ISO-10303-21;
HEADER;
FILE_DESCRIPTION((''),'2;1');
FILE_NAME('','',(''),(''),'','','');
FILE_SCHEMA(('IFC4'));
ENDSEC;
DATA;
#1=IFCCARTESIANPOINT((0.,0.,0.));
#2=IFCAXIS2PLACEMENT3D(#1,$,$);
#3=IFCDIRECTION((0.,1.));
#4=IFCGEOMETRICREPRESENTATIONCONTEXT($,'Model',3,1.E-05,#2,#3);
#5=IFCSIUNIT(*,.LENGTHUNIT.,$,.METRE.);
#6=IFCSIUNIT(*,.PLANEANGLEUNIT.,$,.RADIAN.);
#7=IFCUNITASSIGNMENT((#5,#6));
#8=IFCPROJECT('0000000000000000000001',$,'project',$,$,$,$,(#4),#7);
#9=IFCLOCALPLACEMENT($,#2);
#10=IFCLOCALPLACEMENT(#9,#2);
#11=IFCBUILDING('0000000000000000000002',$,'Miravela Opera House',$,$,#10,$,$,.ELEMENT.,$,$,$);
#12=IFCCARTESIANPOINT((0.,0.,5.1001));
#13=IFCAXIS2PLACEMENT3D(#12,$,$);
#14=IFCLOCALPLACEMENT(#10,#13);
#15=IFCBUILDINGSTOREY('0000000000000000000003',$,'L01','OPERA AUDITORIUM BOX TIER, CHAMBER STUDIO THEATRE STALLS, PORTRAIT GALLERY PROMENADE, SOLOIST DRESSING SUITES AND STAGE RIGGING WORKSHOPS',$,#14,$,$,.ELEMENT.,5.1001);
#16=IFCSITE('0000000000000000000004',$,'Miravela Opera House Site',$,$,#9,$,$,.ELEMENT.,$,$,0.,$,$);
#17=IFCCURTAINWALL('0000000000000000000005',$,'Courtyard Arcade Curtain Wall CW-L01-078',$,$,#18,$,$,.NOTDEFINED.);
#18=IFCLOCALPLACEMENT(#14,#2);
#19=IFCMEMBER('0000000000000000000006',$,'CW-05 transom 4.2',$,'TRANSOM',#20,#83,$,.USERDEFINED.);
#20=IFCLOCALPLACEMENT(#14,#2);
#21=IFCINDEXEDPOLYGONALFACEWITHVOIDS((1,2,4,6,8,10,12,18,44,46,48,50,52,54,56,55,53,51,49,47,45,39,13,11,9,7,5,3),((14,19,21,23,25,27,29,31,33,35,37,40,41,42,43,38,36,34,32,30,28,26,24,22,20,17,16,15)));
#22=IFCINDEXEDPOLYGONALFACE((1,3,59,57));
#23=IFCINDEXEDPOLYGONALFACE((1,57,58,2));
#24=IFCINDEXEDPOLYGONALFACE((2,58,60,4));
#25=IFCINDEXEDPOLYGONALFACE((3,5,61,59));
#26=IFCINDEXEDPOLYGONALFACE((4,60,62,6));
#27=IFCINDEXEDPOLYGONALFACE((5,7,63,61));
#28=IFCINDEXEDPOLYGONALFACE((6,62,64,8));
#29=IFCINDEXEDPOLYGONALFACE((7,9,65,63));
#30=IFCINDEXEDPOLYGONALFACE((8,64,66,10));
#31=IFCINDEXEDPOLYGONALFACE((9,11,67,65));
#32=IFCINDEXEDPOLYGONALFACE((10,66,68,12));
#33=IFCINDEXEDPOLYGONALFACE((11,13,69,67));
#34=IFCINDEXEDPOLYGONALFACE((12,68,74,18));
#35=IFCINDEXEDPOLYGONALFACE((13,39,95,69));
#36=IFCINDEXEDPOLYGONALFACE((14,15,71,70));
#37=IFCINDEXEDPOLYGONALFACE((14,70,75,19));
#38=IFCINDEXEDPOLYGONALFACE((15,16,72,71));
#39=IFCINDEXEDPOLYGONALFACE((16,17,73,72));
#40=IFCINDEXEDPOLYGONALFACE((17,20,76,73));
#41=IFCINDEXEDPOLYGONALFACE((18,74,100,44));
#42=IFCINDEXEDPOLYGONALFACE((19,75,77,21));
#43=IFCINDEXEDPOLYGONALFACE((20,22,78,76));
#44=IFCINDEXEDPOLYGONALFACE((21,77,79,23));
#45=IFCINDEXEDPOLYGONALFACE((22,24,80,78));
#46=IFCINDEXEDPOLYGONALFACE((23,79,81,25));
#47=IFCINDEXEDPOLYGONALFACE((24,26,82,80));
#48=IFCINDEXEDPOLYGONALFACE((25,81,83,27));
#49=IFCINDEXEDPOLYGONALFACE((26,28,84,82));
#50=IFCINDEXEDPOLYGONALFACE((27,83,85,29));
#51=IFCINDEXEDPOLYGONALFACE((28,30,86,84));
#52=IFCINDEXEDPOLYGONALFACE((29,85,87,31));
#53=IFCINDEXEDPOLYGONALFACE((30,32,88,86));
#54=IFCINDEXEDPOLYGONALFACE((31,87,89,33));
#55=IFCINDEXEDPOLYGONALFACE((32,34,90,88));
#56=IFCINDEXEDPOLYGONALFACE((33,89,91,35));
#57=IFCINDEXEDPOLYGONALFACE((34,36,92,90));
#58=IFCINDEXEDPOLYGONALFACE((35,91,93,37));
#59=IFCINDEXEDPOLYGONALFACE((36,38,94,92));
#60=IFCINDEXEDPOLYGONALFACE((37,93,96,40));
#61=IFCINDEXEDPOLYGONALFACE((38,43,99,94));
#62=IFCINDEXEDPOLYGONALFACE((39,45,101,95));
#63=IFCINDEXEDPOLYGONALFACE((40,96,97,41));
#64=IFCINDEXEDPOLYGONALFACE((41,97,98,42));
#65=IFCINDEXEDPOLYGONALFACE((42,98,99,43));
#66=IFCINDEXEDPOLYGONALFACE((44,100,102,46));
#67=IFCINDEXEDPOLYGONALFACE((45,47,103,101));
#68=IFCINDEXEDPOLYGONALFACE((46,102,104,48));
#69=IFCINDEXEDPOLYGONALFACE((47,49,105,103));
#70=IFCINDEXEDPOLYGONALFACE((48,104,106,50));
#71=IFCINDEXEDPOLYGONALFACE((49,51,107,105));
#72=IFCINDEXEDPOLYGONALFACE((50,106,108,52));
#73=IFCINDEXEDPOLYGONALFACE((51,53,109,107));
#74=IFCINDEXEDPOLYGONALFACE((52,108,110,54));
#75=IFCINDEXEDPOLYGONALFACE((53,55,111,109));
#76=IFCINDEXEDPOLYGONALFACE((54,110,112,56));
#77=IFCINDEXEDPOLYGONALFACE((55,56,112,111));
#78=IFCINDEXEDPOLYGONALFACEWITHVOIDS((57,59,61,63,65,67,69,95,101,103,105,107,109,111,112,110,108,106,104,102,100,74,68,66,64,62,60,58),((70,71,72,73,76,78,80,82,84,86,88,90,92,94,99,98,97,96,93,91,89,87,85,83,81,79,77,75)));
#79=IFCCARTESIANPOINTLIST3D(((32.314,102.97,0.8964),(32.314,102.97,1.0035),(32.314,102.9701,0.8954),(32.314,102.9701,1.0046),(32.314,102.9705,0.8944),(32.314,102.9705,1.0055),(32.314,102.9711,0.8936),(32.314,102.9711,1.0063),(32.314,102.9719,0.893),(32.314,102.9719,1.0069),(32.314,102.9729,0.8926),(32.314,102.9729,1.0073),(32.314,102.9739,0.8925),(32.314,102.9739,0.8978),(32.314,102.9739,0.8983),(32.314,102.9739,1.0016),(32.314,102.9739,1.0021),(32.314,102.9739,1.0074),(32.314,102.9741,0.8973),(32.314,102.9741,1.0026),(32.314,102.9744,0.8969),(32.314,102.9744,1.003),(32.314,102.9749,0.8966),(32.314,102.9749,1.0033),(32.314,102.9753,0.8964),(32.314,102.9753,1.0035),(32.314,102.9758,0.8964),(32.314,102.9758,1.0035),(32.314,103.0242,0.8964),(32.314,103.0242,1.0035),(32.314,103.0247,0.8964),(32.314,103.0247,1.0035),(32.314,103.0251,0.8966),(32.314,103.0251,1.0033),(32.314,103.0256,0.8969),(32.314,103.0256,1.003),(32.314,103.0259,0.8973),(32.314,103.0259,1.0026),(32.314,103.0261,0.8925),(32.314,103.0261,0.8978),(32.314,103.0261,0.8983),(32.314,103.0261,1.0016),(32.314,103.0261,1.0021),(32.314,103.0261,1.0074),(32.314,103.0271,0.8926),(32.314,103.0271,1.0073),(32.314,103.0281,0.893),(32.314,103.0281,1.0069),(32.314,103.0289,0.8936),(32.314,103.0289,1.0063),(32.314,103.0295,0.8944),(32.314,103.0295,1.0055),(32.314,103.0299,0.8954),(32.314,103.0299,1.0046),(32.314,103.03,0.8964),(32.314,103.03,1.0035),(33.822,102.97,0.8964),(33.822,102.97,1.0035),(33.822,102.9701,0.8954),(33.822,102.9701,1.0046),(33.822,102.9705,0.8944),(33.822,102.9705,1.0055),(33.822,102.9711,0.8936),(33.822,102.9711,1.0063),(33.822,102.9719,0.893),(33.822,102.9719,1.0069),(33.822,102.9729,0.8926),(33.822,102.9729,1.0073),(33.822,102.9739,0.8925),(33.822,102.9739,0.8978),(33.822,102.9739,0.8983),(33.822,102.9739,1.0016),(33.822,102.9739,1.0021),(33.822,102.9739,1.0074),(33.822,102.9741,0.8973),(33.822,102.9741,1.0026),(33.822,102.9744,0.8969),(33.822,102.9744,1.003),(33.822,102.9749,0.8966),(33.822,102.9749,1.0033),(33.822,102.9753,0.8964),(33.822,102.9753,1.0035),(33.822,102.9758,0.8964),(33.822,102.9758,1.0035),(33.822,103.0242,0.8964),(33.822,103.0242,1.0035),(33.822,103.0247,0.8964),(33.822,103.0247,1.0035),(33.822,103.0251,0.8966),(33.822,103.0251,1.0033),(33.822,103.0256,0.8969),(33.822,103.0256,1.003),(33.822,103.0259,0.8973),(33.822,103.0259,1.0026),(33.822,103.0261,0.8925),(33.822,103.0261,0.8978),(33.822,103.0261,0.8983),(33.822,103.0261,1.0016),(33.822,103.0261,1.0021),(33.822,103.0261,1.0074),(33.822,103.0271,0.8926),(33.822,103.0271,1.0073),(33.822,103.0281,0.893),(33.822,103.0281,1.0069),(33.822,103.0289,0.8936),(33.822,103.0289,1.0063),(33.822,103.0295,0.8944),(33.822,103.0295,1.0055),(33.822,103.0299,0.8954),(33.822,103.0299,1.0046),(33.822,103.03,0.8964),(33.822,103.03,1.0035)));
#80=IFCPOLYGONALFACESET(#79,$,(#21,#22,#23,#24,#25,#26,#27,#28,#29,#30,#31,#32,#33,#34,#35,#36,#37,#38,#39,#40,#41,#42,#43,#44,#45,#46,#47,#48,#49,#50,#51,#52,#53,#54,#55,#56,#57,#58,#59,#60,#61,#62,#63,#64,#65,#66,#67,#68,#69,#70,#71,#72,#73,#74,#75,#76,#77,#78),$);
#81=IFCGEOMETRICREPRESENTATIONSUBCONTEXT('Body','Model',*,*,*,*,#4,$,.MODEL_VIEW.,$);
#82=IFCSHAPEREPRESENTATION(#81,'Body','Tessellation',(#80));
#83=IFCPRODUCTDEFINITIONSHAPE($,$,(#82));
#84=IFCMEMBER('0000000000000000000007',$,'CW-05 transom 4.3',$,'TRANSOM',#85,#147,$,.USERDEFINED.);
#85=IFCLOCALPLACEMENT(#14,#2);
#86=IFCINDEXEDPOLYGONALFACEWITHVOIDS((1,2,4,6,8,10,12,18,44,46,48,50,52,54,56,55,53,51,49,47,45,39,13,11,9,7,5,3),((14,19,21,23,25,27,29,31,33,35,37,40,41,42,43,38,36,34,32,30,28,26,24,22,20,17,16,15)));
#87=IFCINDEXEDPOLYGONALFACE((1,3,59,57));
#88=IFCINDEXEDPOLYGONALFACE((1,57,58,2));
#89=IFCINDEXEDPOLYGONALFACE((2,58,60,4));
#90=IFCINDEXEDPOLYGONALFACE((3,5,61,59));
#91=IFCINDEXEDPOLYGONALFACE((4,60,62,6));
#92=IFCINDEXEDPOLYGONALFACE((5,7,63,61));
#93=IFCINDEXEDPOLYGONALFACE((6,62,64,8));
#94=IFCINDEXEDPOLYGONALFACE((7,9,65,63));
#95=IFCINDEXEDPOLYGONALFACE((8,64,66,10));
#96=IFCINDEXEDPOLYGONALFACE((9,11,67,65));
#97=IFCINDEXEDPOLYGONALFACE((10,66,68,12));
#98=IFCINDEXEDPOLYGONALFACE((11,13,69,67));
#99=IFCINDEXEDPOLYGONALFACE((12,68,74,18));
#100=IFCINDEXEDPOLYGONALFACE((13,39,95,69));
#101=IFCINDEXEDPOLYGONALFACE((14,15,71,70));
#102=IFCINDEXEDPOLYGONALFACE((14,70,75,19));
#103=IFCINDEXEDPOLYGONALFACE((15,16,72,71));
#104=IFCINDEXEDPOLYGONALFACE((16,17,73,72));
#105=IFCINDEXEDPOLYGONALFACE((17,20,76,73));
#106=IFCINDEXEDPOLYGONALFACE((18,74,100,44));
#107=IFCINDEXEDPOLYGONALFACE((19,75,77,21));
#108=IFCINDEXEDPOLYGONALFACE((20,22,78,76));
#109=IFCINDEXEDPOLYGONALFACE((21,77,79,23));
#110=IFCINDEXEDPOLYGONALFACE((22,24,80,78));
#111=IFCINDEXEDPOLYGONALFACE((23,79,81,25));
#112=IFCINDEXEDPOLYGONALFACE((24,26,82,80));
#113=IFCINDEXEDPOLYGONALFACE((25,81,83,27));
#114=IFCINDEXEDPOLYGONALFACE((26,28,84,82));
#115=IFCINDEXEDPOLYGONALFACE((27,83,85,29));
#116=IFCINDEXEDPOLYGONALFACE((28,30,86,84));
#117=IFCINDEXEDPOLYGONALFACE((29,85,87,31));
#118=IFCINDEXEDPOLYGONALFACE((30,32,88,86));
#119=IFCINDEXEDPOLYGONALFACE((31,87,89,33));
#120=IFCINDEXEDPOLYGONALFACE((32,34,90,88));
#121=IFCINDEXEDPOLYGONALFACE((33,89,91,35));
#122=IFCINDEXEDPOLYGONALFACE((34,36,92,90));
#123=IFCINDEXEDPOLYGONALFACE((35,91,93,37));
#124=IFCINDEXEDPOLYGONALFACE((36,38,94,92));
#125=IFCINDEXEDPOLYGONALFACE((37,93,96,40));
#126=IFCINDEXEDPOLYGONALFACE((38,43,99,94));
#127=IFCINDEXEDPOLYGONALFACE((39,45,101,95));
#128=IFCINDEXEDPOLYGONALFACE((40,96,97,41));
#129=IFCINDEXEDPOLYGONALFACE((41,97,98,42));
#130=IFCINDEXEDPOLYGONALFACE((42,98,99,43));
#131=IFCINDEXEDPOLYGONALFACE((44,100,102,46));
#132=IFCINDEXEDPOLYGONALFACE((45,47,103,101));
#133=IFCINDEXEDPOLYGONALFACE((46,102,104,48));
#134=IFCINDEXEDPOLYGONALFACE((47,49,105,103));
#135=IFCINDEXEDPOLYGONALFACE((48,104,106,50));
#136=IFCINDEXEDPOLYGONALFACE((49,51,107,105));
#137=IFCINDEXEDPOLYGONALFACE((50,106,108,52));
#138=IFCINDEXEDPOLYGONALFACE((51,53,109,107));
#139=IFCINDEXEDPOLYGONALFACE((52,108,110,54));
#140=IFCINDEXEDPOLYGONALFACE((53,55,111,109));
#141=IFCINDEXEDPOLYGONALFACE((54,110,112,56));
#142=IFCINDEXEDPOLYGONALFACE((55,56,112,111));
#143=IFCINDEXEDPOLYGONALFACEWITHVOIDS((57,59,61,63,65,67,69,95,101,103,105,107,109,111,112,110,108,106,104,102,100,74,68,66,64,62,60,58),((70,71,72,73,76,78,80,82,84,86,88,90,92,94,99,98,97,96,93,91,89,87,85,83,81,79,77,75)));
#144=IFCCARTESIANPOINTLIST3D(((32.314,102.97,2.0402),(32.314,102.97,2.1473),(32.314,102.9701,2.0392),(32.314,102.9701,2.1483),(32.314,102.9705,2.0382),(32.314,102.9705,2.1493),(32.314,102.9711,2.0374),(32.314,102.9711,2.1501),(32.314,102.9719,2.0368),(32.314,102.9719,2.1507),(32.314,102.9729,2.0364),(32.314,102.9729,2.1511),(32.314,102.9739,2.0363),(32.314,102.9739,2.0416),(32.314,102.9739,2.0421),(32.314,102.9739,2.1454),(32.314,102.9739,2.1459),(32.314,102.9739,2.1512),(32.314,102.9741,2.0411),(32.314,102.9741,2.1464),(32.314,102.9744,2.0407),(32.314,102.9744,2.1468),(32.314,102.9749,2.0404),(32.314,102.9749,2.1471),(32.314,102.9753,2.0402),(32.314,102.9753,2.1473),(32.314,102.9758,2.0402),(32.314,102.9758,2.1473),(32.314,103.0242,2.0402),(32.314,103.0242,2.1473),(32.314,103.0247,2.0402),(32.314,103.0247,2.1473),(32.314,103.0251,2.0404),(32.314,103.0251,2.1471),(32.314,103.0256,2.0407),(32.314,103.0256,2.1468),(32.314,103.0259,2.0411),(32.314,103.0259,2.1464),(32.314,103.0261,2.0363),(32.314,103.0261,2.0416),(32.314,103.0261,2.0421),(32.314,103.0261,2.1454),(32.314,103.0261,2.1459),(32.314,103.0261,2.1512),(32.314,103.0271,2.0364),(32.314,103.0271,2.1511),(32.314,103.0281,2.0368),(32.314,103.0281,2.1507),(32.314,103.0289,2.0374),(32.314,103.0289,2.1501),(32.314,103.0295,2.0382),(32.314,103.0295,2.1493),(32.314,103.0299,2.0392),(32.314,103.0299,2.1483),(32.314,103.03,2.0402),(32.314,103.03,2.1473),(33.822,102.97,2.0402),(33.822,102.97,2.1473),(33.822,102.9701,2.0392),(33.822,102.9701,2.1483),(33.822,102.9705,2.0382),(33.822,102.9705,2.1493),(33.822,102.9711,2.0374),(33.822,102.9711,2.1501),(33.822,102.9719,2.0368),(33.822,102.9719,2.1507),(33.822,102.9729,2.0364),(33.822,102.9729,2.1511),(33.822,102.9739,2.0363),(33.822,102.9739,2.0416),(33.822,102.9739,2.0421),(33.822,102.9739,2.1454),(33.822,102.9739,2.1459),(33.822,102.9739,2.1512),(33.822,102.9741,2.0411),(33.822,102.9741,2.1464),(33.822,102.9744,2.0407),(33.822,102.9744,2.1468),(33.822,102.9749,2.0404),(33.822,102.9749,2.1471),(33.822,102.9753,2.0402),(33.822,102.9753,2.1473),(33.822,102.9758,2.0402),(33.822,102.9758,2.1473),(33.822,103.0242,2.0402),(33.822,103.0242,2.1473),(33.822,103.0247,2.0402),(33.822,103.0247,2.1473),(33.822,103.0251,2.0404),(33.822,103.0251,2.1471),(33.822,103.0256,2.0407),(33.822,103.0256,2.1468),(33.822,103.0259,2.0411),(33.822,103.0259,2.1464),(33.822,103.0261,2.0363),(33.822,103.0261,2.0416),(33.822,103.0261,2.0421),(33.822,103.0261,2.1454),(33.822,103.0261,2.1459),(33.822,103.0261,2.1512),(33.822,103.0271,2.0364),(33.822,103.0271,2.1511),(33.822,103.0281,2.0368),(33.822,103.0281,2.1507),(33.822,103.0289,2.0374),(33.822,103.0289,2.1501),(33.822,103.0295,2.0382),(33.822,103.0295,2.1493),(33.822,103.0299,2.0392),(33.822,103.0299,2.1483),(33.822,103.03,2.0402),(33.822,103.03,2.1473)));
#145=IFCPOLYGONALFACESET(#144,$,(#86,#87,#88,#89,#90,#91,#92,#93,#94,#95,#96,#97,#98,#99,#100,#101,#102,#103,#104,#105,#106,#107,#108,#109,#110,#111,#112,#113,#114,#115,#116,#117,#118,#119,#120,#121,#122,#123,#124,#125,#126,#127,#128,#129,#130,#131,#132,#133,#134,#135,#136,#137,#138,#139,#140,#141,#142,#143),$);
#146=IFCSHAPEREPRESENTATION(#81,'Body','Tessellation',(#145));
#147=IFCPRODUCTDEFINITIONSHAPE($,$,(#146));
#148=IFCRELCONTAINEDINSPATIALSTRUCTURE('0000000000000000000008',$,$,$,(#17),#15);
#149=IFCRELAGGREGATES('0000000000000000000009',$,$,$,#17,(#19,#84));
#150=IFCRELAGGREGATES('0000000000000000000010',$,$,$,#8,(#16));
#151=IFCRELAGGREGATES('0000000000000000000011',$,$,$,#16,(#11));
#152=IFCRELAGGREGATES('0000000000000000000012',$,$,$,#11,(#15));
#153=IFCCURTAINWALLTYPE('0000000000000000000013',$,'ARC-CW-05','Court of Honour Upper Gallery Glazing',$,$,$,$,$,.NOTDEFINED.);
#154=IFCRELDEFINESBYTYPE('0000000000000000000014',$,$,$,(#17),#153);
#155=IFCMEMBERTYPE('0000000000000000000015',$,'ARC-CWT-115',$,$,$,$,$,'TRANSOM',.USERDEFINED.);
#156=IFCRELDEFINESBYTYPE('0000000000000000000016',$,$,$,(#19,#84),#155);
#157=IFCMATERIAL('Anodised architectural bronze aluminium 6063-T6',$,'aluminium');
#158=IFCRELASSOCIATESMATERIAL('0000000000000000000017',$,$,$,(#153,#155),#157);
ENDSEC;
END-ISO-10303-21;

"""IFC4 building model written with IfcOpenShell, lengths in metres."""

from ifc_helpers import new_model, si_unit, direction, frame, origin, origin_2d, place, context, subcontext, project, spatial, hollow_rectangle, extrude, material, material_profile, profile_set, type_object, element, aggregate, save


model = new_model("IFC4")

# Units and contexts
model_context = context("Model", 3, precision=1e-05, world=origin(), true_north=direction((0.0, 1.0)))
body_context = subcontext(model_context, "Body", "Model", "MODEL_VIEW")
ifc_project = project(units=[si_unit("LENGTHUNIT", "METRE"), si_unit("PLANEANGLEUNIT", "RADIAN")], contexts=[model_context])

# Site, building, storey
site_placement = place(None, origin())
site = spatial("IfcSite", under=ifc_project, at=site_placement, Name="Miravela Opera House Site", CompositionType="ELEMENT", RefElevation=0.0)
building_placement = place(site_placement, origin())
building = spatial("IfcBuilding", under=site, at=building_placement, Name="Miravela Opera House", CompositionType="ELEMENT")
storey_placement = place(building_placement, frame((0.0, 0.0, 5.1001)))
storey = spatial("IfcBuildingStorey", under=building, at=storey_placement, Name="L01", Description="OPERA AUDITORIUM BOX TIER, CHAMBER STUDIO THEATRE STALLS, PORTRAIT GALLERY PROMENADE, SOLOIST DRESSING SUITES AND STAGE RIGGING WORKSHOPS", CompositionType="ELEMENT", Elevation=5.1001)

# Curtain wall
ifc_material_1 = material(Name="Anodised architectural bronze aluminium 6063-T6", Category="aluminium")
curtain_wall_type = type_object("IfcCurtainWallType", Name="ARC-CW-05", Description="Court of Honour Upper Gallery Glazing", PredefinedType="NOTDEFINED", material=ifc_material_1)
curtain_wall_1_placement = place(storey_placement, origin())
curtain_wall_1 = element("IfcCurtainWall", 1, at=curtain_wall_1_placement, inside=storey, type_object=curtain_wall_type, Name="Courtyard Arcade Curtain Wall CW-L01-078", PredefinedType="NOTDEFINED")

# Members
ifc_material_profile_1 = material_profile(ifc_material_1, hollow_rectangle(XDim=0.0601, YDim=0.115, WallThickness=0.0039, InnerFilletRadius=0.002, OuterFilletRadius=0.0039, at=origin_2d()), Name="CWT-60X115")
ifc_profile_set_1 = profile_set([ifc_material_profile_1])
member_type_1 = type_object("IfcMemberType", Name="ARC-CWT-115", ElementType="TRANSOM", PredefinedType="USERDEFINED", material=ifc_profile_set_1)
member_1_placement = place(storey_placement, frame((32.314, 103.0, 0.95), z_axis=(1.0, 0.0, 0.0), x_axis=(0.0, 1.0, 0.0)))
member_1 = element("IfcMember", 2, at=member_1_placement, type_object=member_type_1, Name="CW-05 transom 4.2", ObjectType="TRANSOM", PredefinedType="USERDEFINED", context=body_context, shape_type="SweptSolid", body=[
    extrude(hollow_rectangle(XDim=0.0601, YDim=0.115, WallThickness=0.0039, InnerFilletRadius=0.002, OuterFilletRadius=0.0039, at=origin_2d()), origin(), (0.0, 0.0, 1.0), 1.5081),
])
member_2_placement = place(storey_placement, frame((32.314, 103.0, 2.0938), z_axis=(1.0, 0.0, 0.0), x_axis=(0.0, 1.0, 0.0)))
member_2 = element("IfcMember", 3, at=member_2_placement, type_object=member_type_1, Name="CW-05 transom 4.3", ObjectType="TRANSOM", PredefinedType="USERDEFINED", context=body_context, shape_type="SweptSolid", body=[
    extrude(hollow_rectangle(XDim=0.0601, YDim=0.115, WallThickness=0.0039, InnerFilletRadius=0.002, OuterFilletRadius=0.0039, at=origin_2d()), origin(), (0.0, 0.0, 1.0), 1.5081),
])

aggregate(curtain_wall_1, [member_1, member_2])

save(model, "model.ifc")
